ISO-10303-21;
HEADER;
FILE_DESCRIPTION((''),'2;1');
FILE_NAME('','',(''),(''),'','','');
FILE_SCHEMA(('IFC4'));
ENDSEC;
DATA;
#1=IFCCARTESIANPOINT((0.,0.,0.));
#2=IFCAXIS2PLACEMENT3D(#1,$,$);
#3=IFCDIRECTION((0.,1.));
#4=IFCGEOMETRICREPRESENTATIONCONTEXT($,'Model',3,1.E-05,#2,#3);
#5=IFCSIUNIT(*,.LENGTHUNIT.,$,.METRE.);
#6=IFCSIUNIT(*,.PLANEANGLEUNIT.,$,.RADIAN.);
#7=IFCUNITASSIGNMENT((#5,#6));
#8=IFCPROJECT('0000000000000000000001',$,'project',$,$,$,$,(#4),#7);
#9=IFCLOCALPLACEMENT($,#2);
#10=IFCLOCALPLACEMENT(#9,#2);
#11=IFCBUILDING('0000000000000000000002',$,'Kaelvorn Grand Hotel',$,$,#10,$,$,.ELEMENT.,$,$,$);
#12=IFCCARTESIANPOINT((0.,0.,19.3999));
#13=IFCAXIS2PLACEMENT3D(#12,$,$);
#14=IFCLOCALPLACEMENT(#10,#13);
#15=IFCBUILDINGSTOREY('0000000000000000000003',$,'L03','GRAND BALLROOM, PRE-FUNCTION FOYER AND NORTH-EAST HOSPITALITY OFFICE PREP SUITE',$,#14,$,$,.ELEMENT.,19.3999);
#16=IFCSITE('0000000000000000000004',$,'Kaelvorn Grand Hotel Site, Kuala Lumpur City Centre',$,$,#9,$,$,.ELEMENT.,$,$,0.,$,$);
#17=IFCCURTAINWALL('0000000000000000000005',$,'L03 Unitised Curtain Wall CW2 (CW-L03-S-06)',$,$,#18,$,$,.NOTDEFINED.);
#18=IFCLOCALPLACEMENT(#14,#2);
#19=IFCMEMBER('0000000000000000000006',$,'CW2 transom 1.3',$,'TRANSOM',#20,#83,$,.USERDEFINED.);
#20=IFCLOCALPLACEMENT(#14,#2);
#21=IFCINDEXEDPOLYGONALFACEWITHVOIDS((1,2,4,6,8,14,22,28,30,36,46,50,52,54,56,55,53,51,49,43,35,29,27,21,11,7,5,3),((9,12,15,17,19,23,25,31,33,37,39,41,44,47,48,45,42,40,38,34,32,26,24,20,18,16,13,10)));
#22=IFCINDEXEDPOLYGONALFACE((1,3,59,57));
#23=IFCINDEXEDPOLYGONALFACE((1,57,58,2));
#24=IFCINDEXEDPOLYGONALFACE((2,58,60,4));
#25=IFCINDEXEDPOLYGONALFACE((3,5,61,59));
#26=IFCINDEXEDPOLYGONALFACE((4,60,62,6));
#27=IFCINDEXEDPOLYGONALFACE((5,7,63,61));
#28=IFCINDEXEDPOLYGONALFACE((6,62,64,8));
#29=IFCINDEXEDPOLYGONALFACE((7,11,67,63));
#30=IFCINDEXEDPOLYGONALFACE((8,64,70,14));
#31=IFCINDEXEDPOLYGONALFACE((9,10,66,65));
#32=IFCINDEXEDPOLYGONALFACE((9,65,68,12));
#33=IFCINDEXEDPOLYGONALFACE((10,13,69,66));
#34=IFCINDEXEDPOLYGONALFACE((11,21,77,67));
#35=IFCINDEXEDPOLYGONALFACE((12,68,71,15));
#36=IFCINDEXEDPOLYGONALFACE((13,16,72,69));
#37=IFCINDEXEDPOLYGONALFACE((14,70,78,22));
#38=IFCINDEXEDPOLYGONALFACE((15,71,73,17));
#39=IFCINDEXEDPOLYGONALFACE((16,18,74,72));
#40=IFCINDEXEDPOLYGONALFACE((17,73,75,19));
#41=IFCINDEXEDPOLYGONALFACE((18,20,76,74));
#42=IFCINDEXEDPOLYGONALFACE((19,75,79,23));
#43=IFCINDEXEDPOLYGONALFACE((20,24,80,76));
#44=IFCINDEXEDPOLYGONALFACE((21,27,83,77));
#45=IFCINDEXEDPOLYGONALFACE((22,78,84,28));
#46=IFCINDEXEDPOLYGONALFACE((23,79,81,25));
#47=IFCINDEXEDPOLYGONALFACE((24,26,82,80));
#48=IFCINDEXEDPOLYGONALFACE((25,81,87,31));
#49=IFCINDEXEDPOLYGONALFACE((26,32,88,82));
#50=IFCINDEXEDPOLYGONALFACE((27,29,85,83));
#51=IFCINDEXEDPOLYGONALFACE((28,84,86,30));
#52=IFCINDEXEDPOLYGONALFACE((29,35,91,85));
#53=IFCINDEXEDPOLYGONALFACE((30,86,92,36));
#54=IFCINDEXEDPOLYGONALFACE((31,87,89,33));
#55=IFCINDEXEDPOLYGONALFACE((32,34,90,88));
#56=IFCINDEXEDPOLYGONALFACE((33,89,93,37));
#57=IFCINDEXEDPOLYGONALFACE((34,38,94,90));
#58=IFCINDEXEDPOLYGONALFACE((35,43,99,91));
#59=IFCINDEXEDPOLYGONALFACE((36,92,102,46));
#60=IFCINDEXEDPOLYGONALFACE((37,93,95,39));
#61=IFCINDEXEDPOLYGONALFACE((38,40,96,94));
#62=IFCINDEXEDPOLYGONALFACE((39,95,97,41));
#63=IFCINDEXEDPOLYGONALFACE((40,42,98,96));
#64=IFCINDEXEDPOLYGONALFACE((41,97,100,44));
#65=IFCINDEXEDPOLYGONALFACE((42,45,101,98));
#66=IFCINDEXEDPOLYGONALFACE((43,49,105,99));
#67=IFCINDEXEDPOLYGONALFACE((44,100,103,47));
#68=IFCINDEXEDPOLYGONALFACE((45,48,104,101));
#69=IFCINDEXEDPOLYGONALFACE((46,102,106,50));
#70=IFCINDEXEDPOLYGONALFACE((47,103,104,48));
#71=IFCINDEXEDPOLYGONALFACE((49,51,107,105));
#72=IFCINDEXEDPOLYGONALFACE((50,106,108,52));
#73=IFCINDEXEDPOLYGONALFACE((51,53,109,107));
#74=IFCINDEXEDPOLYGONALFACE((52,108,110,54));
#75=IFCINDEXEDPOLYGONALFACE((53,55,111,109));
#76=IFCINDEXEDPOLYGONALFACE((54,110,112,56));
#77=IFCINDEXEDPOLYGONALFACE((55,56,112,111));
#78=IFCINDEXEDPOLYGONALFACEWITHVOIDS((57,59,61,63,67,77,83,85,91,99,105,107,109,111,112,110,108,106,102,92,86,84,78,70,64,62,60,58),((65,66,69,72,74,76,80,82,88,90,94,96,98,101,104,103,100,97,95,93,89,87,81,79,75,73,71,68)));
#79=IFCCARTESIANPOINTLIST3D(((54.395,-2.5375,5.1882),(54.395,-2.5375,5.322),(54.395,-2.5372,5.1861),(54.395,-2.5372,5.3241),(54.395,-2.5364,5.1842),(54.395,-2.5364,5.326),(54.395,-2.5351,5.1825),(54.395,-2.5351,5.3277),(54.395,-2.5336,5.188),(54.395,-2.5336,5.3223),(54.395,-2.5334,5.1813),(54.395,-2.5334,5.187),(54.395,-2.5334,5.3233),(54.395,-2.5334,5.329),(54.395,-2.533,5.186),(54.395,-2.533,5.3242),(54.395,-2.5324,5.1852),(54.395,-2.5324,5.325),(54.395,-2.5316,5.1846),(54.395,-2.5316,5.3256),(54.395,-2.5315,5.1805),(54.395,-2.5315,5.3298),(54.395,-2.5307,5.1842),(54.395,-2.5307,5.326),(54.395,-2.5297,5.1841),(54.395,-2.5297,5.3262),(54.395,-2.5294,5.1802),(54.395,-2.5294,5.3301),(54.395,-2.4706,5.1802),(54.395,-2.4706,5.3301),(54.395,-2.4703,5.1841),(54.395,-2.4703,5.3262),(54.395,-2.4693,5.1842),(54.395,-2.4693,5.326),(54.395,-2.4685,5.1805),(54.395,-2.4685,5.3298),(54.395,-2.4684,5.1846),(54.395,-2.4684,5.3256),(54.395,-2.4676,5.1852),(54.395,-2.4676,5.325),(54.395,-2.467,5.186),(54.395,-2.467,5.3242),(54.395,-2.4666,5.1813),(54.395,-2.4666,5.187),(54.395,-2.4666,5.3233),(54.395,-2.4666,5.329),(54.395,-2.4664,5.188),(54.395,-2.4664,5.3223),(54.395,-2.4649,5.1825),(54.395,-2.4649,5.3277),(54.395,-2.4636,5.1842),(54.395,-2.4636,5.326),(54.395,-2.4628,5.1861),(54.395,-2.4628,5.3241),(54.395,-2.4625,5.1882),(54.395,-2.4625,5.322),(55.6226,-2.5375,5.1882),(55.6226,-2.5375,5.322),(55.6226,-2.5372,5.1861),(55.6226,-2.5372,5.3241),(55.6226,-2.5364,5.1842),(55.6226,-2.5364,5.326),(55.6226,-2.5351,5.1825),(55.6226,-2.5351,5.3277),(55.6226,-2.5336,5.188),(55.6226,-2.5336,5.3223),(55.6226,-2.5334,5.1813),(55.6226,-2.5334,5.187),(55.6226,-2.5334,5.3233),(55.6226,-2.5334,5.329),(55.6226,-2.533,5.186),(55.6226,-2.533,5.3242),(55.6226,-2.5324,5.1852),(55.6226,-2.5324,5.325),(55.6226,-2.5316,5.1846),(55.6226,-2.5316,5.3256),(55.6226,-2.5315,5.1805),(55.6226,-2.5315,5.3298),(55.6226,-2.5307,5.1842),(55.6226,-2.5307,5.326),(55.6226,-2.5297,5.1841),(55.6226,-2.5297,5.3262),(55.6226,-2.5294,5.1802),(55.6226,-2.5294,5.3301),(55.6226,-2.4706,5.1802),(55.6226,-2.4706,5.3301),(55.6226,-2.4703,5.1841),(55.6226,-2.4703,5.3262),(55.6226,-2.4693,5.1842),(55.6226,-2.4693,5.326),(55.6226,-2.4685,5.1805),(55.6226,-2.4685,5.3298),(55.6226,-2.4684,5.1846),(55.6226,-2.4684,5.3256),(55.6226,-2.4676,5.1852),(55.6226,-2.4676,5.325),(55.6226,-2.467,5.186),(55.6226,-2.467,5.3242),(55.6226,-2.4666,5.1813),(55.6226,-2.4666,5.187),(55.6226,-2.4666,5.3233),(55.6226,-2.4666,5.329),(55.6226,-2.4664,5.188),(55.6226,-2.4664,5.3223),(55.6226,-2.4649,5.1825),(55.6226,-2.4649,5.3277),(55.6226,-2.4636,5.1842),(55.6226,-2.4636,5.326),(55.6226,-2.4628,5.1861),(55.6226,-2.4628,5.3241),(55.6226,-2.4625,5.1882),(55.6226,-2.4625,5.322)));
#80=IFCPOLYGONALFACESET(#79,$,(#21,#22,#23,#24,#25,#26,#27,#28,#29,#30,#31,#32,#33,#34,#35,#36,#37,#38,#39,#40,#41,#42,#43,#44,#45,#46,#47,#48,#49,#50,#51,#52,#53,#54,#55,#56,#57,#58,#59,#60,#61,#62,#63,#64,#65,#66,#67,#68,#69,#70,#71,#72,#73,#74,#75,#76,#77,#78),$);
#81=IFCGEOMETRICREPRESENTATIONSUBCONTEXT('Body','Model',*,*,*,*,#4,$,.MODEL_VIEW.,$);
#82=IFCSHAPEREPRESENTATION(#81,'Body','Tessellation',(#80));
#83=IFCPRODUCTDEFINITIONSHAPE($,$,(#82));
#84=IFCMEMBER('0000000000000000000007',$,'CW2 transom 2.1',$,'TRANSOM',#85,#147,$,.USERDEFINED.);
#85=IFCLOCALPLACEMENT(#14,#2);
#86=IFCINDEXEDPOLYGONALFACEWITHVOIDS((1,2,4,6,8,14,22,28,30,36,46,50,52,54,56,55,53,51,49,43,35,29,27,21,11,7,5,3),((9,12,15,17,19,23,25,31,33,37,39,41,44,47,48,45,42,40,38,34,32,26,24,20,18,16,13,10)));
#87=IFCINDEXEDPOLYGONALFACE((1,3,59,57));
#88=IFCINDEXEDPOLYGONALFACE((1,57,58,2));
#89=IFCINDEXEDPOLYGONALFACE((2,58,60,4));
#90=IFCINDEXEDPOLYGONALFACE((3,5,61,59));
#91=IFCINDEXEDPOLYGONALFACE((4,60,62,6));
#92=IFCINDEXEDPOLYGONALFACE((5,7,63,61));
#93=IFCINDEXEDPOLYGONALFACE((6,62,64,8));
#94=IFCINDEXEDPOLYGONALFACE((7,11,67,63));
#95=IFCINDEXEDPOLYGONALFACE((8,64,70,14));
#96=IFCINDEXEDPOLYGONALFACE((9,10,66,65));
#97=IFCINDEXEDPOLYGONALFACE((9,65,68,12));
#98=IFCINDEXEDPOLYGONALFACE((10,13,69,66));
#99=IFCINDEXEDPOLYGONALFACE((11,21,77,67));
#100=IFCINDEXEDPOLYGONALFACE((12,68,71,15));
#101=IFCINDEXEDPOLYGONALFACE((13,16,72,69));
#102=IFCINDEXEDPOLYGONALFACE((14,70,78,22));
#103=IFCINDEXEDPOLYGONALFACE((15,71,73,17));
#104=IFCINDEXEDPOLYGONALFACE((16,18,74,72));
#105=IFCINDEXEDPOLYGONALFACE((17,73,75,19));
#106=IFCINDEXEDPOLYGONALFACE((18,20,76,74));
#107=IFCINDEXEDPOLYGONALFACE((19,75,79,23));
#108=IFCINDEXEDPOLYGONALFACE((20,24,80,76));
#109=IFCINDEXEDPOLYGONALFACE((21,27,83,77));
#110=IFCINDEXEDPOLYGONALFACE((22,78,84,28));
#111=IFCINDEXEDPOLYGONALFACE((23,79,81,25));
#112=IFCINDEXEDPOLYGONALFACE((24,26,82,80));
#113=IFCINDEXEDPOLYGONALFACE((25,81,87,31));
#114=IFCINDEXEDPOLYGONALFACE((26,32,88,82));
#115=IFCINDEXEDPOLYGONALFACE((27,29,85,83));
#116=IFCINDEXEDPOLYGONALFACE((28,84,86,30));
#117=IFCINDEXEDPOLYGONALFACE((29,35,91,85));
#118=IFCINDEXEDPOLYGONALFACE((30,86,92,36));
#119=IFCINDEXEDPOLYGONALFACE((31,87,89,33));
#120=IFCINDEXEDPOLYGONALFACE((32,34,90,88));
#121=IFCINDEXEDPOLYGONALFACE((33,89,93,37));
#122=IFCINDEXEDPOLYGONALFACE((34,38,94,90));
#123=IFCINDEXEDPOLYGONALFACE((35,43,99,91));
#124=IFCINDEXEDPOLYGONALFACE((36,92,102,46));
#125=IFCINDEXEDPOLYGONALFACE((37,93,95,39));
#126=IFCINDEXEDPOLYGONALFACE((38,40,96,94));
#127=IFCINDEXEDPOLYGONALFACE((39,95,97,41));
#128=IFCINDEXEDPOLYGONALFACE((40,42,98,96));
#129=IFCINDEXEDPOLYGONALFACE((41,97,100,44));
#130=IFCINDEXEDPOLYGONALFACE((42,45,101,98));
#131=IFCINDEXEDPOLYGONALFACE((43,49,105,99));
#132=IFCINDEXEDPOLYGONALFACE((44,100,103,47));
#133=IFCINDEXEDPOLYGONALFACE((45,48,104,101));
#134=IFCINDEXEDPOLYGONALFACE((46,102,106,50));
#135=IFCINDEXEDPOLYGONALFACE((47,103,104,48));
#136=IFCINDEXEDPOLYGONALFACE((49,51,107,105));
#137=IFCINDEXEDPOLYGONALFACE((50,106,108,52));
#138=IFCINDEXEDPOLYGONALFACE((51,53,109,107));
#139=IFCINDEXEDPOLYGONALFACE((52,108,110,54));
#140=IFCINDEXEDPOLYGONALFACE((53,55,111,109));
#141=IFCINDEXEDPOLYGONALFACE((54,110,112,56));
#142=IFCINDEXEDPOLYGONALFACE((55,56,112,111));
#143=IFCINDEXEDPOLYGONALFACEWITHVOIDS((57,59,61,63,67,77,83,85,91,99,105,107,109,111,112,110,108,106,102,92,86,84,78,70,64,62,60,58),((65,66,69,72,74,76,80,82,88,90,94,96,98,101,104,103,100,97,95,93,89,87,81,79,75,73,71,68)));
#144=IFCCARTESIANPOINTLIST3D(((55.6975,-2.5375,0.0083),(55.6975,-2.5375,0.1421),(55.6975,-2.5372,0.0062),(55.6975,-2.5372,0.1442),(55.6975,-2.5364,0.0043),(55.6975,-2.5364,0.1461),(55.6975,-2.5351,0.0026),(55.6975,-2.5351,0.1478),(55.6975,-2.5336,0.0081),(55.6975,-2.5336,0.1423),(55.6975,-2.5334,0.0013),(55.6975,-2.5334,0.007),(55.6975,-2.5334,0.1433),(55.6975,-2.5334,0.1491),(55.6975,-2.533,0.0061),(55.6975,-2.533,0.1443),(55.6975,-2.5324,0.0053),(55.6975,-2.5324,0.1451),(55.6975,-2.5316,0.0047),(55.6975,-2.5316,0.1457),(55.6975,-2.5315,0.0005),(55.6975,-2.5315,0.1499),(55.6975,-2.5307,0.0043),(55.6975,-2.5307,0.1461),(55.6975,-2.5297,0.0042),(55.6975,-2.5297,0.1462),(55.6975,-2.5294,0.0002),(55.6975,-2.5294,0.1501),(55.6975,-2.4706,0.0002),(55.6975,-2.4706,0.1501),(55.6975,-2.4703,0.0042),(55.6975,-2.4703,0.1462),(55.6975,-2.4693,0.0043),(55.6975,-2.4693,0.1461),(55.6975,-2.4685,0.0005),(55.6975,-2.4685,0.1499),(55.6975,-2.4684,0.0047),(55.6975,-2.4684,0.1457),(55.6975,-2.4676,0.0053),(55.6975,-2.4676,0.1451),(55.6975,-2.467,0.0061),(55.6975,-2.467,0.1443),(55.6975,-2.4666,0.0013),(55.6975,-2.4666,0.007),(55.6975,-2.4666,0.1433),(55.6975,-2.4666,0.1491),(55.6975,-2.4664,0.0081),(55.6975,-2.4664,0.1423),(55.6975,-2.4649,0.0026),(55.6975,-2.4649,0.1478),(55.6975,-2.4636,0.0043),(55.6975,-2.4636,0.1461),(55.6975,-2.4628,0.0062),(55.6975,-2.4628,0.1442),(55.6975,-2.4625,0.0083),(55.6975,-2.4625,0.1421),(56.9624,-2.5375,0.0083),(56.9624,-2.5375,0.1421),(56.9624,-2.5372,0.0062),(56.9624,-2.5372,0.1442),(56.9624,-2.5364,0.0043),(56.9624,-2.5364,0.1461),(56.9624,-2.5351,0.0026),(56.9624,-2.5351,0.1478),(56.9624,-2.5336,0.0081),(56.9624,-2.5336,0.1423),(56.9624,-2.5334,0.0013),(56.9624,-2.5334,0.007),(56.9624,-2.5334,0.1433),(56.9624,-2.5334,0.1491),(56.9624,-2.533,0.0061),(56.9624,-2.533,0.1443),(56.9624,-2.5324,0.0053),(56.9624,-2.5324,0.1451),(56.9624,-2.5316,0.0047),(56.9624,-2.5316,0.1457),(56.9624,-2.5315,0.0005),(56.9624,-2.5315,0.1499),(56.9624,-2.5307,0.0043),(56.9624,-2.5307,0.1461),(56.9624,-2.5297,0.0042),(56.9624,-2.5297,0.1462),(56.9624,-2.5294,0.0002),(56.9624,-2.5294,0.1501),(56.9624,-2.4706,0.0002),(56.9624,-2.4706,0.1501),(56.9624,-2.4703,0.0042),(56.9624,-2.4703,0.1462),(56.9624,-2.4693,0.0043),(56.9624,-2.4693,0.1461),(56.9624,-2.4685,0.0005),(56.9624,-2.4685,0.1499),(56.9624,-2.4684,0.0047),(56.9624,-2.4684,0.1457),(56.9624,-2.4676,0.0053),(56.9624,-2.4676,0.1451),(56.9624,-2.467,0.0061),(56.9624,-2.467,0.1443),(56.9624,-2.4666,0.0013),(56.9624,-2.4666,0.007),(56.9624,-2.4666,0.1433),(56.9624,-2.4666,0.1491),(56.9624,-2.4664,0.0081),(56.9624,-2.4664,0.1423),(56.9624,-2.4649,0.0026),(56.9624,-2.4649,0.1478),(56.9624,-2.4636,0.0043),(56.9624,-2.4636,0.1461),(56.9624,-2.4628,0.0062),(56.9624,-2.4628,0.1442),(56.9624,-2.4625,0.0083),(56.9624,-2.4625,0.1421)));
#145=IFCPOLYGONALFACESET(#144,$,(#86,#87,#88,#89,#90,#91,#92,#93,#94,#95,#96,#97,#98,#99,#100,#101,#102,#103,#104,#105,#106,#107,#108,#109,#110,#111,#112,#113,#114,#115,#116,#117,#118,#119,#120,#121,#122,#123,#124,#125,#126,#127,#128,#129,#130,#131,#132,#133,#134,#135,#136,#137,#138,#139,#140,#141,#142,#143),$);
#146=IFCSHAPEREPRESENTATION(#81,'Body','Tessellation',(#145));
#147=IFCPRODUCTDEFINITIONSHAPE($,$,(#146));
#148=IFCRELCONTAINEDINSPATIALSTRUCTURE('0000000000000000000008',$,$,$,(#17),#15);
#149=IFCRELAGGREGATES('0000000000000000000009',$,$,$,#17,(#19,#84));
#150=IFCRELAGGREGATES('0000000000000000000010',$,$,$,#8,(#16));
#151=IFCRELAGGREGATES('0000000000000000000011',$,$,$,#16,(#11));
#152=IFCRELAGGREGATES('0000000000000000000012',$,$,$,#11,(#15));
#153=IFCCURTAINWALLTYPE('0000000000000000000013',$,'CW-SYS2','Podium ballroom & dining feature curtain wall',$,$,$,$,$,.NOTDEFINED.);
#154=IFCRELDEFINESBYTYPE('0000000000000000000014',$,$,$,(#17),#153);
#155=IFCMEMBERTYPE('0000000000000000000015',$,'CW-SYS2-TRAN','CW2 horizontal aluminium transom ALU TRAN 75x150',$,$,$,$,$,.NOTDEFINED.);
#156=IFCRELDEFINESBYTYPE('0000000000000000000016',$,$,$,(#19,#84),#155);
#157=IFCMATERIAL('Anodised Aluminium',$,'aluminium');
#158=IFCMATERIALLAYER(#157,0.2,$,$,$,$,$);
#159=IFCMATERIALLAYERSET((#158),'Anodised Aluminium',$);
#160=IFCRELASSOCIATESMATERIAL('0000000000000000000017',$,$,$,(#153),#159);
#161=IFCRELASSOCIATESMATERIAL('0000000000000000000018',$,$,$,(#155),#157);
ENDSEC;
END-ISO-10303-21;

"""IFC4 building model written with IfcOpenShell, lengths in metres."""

from ifc_helpers import new_model, si_unit, direction, frame, origin, origin_2d, place, context, subcontext, project, spatial, hollow_rectangle, extrude, material, layer, layer_set, material_profile, profile_set, type_object, element, aggregate, save


model = new_model("IFC4")

# Units and contexts
model_context = context("Model", 3, precision=1e-05, world=origin(), true_north=direction((0.0, 1.0)))
body_context = subcontext(model_context, "Body", "Model", "MODEL_VIEW")
ifc_project = project(units=[si_unit("LENGTHUNIT", "METRE"), si_unit("PLANEANGLEUNIT", "RADIAN")], contexts=[model_context])

# Site, building, storey
site_placement = place(None, origin())
site = spatial("IfcSite", under=ifc_project, at=site_placement, Name="Kaelvorn Grand Hotel Site, Kuala Lumpur City Centre", CompositionType="ELEMENT", RefElevation=0.0)
building_placement = place(site_placement, origin())
building = spatial("IfcBuilding", under=site, at=building_placement, Name="Kaelvorn Grand Hotel", CompositionType="ELEMENT")
storey_placement = place(building_placement, frame((0.0, 0.0, 19.3999)))
storey = spatial("IfcBuildingStorey", under=building, at=storey_placement, Name="L03", Description="GRAND BALLROOM, PRE-FUNCTION FOYER AND NORTH-EAST HOSPITALITY OFFICE PREP SUITE", CompositionType="ELEMENT", Elevation=19.3999)

# Shared definitions
ifc_material_1 = material(Name="Anodised Aluminium", Category="aluminium")
ifc_layer_1 = layer(ifc_material_1, 0.2)
ifc_layer_set_1 = layer_set([ifc_layer_1], Name="Anodised Aluminium")
curtain_wall_type = type_object("IfcCurtainWallType", Name="CW-SYS2", Description="Podium ballroom & dining feature curtain wall", PredefinedType="NOTDEFINED", material=ifc_layer_set_1)

# Curtain wall, members
curtain_wall_1_placement = place(storey_placement, origin())
curtain_wall_1 = element("IfcCurtainWall", 1, at=curtain_wall_1_placement, inside=storey, type_object=curtain_wall_type, Name="L03 Unitised Curtain Wall CW2 (CW-L03-S-06)", PredefinedType="NOTDEFINED")
ifc_material_profile_1 = material_profile(ifc_material_1, hollow_rectangle(XDim=0.075, YDim=0.1499, WallThickness=0.0039, InnerFilletRadius=0.0039, OuterFilletRadius=0.0081, at=origin_2d()), Name="ALU TRAN 75x150")
ifc_profile_set_1 = profile_set([ifc_material_profile_1], Name="Anodised Aluminium")
member_type_1 = type_object("IfcMemberType", Name="CW-SYS2-TRAN", Description="CW2 horizontal aluminium transom ALU TRAN 75x150", PredefinedType="NOTDEFINED", material=ifc_profile_set_1)
member_1_placement = place(storey_placement, frame((54.395, -2.5, 5.2551), z_axis=(1.0, 0.0, 0.0), x_axis=(0.0, 1.0, 0.0)))
member_1 = element("IfcMember", 2, at=member_1_placement, type_object=member_type_1, Name="CW2 transom 1.3", ObjectType="TRANSOM", PredefinedType="USERDEFINED", context=body_context, shape_type="SweptSolid", body=[
    extrude(hollow_rectangle(XDim=0.075, YDim=0.1499, WallThickness=0.0039, InnerFilletRadius=0.0039, OuterFilletRadius=0.0081, at=origin_2d()), origin(), (0.0, 0.0, 1.0), 1.2275),
])
member_2_placement = place(storey_placement, frame((55.6975, -2.5, 0.0752), z_axis=(1.0, 0.0, 0.0), x_axis=(0.0, 1.0, 0.0)))
member_2 = element("IfcMember", 3, at=member_2_placement, type_object=member_type_1, Name="CW2 transom 2.1", ObjectType="TRANSOM", PredefinedType="USERDEFINED", context=body_context, shape_type="SweptSolid", body=[
    extrude(hollow_rectangle(XDim=0.075, YDim=0.1499, WallThickness=0.0039, InnerFilletRadius=0.0039, OuterFilletRadius=0.0081, at=origin_2d()), origin(), (0.0, 0.0, 1.0), 1.2649),
])

aggregate(curtain_wall_1, [member_1, member_2])

save(model, "model.ifc")
